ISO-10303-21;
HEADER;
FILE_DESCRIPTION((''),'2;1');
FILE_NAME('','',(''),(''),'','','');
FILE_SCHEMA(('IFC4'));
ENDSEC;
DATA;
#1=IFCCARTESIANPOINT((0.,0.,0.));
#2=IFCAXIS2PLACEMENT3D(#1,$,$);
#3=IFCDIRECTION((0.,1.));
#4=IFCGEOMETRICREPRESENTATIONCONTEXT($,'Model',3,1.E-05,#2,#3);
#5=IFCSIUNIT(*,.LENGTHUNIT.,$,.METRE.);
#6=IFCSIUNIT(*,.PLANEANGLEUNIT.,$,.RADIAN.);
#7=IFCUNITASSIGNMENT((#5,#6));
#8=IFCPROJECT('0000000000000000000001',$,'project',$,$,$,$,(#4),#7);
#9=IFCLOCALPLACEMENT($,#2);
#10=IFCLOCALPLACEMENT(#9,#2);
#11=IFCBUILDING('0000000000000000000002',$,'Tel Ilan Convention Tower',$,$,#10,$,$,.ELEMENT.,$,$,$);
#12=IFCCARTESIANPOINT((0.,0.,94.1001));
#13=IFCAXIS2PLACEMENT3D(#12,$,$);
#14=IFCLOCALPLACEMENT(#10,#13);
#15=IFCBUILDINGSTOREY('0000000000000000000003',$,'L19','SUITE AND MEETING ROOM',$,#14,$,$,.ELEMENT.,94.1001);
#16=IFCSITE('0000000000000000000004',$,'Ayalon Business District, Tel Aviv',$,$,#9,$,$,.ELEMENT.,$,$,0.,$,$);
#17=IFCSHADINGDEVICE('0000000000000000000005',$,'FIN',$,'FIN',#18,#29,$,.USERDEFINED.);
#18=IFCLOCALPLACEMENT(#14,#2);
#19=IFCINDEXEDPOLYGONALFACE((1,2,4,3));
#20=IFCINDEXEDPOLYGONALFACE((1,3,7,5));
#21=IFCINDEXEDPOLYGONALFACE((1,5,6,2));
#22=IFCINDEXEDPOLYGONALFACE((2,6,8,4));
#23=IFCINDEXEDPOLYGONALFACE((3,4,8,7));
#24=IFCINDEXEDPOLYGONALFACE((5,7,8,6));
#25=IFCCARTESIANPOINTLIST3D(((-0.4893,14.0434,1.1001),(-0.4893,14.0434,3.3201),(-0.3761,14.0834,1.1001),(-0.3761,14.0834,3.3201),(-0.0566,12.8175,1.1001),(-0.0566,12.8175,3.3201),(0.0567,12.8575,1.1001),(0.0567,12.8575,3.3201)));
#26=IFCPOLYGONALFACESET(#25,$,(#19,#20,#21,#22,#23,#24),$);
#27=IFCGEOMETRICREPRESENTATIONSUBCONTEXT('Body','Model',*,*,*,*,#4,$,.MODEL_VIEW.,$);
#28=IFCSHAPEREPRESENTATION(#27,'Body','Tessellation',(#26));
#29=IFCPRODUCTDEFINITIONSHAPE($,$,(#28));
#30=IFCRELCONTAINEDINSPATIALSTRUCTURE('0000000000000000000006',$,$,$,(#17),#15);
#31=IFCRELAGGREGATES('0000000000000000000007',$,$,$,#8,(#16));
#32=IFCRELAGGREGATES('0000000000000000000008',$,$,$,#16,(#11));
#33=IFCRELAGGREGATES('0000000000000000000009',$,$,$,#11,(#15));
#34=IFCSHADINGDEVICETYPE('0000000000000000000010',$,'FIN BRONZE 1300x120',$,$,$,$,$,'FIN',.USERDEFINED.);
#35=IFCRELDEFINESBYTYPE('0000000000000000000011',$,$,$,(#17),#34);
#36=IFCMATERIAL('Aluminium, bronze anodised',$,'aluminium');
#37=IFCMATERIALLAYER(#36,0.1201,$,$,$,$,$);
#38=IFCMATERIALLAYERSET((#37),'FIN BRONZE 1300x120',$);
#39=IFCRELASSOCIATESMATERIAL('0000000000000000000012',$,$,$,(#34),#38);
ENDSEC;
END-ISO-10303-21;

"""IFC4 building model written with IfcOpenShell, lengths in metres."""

from ifc_helpers import new_model, si_unit, direction, frame, origin, origin_2d, place, context, subcontext, project, spatial, rectangle, extrude, material, layer, layer_set, type_object, element, save


model = new_model("IFC4")

# Units and contexts
model_context = context("Model", 3, precision=1e-05, world=origin(), true_north=direction((0.0, 1.0)))
body_context = subcontext(model_context, "Body", "Model", "MODEL_VIEW")
ifc_project = project(units=[si_unit("LENGTHUNIT", "METRE"), si_unit("PLANEANGLEUNIT", "RADIAN")], contexts=[model_context])

# Site, building, storey
site_placement = place(None, origin())
site = spatial("IfcSite", under=ifc_project, at=site_placement, Name="Ayalon Business District, Tel Aviv", CompositionType="ELEMENT", RefElevation=0.0)
building_placement = place(site_placement, origin())
building = spatial("IfcBuilding", under=site, at=building_placement, Name="Tel Ilan Convention Tower", CompositionType="ELEMENT")
storey_placement = place(building_placement, frame((0.0, 0.0, 94.1001)))
storey = spatial("IfcBuildingStorey", under=building, at=storey_placement, Name="L19", Description="SUITE AND MEETING ROOM", CompositionType="ELEMENT", Elevation=94.1001)

# Shading device
ifc_material_1 = material(Name="Aluminium, bronze anodised", Category="aluminium")
ifc_layer_1 = layer(ifc_material_1, 0.1201)
ifc_layer_set_1 = layer_set([ifc_layer_1], Name="FIN BRONZE 1300x120")
shading_device_type = type_object("IfcShadingDeviceType", Name="FIN BRONZE 1300x120", ElementType="FIN", PredefinedType="USERDEFINED", material=ifc_layer_set_1)
shading_device_placement = place(storey_placement, frame((-0.2163, 13.4504, 1.1001), z_axis=(0.0, 0.0, 1.0), x_axis=(-0.332893, 0.942965, 0.0)))
element("IfcShadingDevice", 1, at=shading_device_placement, inside=storey, type_object=shading_device_type, Name="FIN", ObjectType="FIN", PredefinedType="USERDEFINED", context=body_context, shape_type="SweptSolid", body=[
    extrude(rectangle(XDim=1.3, YDim=0.1201, at=origin_2d()), origin(), (0.0, 0.0, 1.0), 2.22),
])

save(model, "model.ifc")
